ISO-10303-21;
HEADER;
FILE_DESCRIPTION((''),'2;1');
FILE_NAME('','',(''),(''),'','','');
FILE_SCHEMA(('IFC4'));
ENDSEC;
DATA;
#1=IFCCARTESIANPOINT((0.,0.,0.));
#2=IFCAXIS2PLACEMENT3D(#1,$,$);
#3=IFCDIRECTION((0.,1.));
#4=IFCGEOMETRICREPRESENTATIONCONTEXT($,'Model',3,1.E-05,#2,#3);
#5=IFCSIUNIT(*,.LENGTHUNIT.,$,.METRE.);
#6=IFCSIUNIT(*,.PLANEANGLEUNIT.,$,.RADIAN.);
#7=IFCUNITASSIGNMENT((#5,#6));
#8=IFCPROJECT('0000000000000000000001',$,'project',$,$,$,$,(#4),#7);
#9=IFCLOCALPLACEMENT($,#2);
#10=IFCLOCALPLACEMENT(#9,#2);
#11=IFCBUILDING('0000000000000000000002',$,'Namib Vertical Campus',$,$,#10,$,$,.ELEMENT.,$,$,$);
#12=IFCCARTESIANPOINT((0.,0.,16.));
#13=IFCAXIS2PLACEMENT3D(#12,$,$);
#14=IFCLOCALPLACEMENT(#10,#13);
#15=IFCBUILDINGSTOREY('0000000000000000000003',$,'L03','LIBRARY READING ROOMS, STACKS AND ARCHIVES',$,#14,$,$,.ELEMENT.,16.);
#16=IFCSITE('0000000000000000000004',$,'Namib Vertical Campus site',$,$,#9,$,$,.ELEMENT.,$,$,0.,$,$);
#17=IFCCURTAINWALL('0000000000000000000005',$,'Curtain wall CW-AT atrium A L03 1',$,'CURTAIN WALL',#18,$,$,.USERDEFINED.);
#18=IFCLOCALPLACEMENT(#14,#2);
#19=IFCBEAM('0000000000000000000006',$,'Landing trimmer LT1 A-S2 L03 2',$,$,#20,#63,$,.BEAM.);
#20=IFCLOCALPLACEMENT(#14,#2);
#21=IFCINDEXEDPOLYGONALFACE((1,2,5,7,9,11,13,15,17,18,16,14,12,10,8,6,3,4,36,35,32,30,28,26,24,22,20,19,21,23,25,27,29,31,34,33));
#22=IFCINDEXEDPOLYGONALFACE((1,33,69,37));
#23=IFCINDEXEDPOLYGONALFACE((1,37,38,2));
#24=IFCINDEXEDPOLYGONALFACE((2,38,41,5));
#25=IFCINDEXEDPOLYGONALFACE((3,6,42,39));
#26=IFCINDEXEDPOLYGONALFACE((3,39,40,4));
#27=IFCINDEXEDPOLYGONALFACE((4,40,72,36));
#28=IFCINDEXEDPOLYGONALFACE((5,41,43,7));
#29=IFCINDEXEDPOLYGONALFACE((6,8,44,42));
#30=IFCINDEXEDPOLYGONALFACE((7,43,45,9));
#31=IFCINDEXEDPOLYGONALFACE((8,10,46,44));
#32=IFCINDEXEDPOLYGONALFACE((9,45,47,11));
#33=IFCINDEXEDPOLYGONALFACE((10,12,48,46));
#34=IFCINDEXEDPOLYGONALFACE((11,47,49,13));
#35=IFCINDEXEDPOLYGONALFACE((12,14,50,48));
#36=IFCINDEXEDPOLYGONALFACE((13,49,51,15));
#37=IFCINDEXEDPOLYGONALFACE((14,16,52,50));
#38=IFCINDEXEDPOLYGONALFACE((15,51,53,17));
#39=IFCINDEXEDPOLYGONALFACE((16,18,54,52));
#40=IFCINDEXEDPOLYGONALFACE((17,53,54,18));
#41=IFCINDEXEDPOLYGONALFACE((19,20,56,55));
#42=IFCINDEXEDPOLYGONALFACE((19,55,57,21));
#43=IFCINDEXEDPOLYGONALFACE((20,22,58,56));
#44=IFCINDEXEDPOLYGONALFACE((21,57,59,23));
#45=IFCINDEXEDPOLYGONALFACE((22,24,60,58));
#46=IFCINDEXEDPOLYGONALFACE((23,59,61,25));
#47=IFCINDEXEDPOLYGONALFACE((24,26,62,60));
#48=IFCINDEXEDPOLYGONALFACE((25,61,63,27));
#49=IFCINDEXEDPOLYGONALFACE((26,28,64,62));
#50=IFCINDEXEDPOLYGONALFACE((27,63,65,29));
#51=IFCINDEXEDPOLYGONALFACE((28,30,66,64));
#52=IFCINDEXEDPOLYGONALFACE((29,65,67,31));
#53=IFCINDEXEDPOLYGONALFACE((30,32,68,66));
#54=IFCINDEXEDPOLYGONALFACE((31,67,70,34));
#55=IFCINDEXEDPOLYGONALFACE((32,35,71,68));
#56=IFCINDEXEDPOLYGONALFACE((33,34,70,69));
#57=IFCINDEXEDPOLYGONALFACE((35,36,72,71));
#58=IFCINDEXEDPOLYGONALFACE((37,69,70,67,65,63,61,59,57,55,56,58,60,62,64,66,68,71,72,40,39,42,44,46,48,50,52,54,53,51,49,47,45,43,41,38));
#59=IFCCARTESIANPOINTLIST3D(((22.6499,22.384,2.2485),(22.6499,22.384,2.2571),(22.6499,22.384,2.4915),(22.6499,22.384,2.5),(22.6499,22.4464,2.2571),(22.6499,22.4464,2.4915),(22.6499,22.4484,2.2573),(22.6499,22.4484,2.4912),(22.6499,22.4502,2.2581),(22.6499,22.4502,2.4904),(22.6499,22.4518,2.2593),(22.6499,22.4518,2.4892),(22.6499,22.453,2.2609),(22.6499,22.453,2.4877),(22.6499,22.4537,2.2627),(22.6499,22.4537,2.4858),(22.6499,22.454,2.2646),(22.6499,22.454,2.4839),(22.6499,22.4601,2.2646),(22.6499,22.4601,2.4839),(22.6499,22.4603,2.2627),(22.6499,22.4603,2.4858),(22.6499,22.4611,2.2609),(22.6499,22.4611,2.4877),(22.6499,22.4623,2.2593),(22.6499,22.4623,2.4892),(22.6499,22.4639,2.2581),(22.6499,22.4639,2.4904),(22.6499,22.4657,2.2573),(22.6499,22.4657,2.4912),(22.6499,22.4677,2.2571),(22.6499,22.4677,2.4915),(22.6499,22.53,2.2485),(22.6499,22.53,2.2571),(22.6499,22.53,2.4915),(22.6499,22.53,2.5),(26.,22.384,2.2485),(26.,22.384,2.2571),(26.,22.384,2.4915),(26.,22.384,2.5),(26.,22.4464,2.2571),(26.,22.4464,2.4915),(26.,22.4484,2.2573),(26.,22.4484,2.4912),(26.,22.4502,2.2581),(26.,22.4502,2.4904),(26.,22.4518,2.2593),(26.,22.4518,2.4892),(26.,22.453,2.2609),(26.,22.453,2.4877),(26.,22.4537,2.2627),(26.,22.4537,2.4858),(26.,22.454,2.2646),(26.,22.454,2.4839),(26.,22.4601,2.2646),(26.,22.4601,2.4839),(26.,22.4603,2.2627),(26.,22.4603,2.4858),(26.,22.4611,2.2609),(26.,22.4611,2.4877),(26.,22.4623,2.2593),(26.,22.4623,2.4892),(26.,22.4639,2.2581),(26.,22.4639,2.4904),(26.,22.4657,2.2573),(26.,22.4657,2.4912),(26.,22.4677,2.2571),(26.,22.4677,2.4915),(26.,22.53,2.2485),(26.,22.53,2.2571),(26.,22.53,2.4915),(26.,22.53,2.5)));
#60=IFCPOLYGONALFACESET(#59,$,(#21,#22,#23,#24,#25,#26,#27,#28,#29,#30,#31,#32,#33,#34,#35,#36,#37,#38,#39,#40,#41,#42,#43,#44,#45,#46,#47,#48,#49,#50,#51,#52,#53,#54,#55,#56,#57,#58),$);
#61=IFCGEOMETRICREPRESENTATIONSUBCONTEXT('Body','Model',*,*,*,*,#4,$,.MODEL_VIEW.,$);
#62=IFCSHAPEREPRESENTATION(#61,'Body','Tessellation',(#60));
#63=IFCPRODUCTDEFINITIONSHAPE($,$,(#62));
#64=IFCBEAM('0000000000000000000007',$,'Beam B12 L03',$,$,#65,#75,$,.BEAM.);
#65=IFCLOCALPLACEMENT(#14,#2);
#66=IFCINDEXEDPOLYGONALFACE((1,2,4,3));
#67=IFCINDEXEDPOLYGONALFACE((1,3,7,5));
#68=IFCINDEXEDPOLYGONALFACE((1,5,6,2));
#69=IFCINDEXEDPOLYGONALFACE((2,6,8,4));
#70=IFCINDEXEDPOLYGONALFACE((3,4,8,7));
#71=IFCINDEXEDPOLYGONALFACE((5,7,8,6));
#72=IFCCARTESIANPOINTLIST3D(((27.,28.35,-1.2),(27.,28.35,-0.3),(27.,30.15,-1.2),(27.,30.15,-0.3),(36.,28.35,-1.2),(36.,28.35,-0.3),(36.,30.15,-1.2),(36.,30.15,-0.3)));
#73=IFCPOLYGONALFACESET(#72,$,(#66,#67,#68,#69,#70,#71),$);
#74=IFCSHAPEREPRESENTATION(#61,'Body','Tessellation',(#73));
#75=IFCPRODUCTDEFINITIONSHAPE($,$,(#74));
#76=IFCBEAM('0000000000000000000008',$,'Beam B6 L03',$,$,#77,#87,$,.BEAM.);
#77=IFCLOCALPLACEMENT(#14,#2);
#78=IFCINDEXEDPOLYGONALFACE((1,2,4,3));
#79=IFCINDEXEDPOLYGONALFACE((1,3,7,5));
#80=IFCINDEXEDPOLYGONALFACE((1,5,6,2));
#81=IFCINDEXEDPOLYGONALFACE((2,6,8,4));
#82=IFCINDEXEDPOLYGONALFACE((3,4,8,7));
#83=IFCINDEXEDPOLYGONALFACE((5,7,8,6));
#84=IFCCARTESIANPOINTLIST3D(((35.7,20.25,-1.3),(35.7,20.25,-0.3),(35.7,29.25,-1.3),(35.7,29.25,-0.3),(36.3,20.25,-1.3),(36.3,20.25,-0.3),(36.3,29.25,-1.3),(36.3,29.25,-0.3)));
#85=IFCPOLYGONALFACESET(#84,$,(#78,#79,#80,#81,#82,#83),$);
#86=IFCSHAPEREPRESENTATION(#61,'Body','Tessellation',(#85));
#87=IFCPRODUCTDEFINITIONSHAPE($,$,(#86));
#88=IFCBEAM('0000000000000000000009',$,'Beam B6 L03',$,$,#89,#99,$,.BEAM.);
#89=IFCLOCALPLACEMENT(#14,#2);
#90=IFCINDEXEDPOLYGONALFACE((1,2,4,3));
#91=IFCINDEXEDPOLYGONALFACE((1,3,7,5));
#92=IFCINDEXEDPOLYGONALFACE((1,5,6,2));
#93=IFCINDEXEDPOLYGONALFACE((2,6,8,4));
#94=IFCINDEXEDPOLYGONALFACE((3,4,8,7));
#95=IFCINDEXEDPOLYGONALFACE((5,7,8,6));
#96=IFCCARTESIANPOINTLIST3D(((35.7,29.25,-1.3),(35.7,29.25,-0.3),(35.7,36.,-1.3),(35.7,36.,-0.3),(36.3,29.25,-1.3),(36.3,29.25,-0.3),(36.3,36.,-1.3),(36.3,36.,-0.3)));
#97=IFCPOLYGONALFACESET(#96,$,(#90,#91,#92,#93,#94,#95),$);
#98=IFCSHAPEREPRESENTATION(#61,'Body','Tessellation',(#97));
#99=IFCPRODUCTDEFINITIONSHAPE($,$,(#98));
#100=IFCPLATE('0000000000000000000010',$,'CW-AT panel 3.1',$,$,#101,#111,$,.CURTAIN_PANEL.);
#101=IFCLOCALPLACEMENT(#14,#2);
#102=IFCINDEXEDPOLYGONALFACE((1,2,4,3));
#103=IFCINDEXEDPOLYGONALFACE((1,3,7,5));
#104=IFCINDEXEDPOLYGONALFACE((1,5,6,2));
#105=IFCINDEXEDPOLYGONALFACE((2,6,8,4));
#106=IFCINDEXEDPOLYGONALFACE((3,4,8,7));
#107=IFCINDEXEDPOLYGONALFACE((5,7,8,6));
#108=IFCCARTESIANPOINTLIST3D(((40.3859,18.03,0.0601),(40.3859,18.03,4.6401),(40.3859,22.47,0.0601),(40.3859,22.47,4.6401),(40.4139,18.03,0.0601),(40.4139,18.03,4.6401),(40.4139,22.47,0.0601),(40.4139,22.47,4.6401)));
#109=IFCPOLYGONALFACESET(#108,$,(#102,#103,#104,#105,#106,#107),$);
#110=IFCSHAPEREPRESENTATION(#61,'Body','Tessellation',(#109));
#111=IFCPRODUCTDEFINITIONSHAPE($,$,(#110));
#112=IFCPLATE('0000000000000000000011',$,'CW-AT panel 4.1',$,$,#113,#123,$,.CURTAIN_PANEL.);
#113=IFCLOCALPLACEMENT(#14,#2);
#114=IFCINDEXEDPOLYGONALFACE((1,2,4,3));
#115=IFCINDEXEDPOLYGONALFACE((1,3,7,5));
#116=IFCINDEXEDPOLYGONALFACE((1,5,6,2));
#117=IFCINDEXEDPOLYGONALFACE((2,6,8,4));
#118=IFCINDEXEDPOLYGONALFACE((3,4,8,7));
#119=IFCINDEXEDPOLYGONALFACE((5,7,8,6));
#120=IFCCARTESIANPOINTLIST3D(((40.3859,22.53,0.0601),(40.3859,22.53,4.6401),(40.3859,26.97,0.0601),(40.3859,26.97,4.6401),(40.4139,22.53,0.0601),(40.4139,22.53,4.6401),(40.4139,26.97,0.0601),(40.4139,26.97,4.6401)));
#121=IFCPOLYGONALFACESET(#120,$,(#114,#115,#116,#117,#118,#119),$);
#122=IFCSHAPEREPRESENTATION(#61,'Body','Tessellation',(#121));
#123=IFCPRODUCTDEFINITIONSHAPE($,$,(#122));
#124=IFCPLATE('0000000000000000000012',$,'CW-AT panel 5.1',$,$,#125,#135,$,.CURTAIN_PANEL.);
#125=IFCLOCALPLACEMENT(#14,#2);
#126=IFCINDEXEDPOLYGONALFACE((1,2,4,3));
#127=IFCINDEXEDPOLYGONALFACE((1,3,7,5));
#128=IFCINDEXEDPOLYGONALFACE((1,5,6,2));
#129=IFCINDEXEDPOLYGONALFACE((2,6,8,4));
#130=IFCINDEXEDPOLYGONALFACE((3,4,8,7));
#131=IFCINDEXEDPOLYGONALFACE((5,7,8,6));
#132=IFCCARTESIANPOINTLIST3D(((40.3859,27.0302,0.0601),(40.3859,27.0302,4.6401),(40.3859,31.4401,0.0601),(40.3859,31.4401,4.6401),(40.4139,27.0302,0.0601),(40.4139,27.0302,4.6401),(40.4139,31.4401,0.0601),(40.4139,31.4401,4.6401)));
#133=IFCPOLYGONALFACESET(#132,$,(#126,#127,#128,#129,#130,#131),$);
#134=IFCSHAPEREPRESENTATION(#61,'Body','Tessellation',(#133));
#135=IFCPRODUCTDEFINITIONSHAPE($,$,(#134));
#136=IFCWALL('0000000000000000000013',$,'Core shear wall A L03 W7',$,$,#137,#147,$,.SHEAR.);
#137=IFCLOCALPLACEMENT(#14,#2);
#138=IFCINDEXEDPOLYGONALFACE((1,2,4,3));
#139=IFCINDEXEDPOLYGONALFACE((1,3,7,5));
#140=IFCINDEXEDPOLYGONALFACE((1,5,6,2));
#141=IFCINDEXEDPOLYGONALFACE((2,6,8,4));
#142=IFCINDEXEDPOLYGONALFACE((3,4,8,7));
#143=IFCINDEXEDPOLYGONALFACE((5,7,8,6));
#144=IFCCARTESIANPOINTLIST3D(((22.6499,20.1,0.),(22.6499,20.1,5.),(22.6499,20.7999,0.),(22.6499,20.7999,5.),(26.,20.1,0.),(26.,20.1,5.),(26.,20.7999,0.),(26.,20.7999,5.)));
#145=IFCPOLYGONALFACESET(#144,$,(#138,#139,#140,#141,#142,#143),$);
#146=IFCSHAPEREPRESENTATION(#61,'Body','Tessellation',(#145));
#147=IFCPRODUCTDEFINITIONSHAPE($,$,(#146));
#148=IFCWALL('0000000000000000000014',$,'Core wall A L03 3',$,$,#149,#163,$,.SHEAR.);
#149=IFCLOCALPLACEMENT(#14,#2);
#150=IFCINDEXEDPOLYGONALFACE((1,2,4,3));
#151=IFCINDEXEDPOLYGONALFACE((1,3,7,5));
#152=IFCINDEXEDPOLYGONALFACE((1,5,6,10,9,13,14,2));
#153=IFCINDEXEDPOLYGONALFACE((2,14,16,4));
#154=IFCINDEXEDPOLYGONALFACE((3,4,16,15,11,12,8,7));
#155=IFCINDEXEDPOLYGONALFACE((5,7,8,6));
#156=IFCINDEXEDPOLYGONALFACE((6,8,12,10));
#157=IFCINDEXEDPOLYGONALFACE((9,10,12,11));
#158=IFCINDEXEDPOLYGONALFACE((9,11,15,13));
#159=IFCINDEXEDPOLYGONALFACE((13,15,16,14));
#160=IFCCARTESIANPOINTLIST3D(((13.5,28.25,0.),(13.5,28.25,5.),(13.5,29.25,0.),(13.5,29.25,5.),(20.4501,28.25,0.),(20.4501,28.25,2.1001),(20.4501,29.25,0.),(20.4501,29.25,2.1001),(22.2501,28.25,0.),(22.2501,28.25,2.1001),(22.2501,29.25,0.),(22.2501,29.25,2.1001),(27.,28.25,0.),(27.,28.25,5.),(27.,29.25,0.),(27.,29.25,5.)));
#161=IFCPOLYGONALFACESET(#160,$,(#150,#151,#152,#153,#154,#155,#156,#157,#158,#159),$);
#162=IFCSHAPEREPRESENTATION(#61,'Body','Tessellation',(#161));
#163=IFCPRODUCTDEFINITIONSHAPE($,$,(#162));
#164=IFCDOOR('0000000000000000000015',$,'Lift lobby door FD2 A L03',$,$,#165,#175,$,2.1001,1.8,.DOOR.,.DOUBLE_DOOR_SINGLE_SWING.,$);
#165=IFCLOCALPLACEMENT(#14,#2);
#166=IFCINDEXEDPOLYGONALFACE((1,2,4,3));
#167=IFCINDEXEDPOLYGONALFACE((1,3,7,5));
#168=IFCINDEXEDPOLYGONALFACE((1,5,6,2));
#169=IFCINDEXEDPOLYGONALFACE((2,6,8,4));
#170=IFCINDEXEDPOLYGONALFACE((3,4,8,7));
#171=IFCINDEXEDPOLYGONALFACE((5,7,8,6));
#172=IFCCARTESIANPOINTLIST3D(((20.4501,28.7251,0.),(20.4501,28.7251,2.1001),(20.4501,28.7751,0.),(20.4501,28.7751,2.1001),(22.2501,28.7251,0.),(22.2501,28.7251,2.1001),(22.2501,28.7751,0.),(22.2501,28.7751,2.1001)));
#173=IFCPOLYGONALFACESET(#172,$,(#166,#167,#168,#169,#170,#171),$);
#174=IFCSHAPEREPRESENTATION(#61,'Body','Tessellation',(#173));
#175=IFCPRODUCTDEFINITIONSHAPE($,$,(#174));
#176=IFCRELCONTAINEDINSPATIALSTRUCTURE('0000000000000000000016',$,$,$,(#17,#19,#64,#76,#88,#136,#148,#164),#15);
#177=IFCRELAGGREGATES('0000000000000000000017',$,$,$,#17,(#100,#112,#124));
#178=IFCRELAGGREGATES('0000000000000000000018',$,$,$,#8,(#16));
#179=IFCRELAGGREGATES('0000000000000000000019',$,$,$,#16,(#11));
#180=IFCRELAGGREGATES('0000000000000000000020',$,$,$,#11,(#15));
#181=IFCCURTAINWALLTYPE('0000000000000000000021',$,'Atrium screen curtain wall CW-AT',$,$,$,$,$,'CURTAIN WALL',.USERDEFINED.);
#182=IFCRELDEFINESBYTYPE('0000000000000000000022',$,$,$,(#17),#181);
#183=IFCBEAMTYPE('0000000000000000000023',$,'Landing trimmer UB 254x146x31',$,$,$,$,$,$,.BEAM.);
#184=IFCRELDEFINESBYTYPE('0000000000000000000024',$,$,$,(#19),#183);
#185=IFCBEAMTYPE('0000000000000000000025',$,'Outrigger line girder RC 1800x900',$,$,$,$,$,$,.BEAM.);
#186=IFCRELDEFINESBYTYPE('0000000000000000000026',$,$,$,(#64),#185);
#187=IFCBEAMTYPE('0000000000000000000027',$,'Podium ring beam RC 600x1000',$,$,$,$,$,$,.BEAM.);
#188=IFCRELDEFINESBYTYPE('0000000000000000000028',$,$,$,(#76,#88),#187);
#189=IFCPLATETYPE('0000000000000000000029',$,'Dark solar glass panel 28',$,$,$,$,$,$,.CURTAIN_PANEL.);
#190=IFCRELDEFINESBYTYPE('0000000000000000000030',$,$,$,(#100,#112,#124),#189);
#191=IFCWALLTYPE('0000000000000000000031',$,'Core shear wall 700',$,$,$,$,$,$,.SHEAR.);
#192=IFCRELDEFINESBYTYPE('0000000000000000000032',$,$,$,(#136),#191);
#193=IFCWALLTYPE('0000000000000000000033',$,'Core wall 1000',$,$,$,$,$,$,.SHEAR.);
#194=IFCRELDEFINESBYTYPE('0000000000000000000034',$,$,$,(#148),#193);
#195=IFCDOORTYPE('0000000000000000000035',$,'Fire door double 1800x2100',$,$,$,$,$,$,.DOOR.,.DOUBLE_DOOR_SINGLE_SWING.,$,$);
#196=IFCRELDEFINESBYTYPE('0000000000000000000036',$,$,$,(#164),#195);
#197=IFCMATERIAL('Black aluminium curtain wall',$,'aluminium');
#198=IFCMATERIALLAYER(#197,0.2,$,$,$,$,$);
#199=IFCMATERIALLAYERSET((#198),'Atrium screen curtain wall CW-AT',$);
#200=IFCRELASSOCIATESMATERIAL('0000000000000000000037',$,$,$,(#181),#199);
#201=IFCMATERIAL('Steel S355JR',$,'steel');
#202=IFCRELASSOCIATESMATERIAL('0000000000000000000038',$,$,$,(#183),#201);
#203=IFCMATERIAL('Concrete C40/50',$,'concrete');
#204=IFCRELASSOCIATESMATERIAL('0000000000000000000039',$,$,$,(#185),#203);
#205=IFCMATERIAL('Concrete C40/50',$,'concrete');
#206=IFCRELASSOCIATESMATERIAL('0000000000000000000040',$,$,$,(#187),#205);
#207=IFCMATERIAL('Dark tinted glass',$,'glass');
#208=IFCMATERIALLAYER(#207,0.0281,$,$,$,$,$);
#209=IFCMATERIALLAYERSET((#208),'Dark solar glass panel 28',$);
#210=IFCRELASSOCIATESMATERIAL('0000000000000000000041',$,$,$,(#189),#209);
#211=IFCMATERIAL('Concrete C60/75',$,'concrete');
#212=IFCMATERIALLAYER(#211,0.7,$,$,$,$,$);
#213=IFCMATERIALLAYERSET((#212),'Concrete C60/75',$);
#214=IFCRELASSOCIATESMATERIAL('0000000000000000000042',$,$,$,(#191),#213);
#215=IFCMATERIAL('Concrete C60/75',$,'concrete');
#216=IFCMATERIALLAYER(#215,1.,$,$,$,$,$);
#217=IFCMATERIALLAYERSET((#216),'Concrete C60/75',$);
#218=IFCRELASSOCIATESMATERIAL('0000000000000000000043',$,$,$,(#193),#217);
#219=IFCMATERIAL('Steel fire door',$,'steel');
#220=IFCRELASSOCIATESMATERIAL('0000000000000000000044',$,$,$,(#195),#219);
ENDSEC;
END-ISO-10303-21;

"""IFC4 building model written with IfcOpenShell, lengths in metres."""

from ifc_helpers import new_model, si_unit, direction, frame, frame_2d, origin, origin_2d, place, context, subcontext, project, spatial, rectangle, i_section, extrude, material, layer, layer_set, material_profile, profile_set, type_object, element, fill, aggregate, save


model = new_model("IFC4")

# Units and contexts
model_context = context("Model", 3, precision=1e-05, world=origin(), true_north=direction((0.0, 1.0)))
body_context = subcontext(model_context, "Body", "Model", "MODEL_VIEW")
ifc_project = project(units=[si_unit("LENGTHUNIT", "METRE"), si_unit("PLANEANGLEUNIT", "RADIAN")], contexts=[model_context])

# Site, building, storey
site_placement = place(None, origin())
site = spatial("IfcSite", under=ifc_project, at=site_placement, Name="Namib Vertical Campus site", CompositionType="ELEMENT", RefElevation=0.0)
building_placement = place(site_placement, origin())
building = spatial("IfcBuilding", under=site, at=building_placement, Name="Namib Vertical Campus", CompositionType="ELEMENT")
storey_placement = place(building_placement, frame((0.0, 0.0, 16.0)))
storey = spatial("IfcBuildingStorey", under=building, at=storey_placement, Name="L03", Description="LIBRARY READING ROOMS, STACKS AND ARCHIVES", CompositionType="ELEMENT", Elevation=16.0)

# Curtain wall
ifc_material_1 = material(Name="Black aluminium curtain wall", Category="aluminium")
ifc_layer_1 = layer(ifc_material_1, 0.2)
ifc_layer_set_1 = layer_set([ifc_layer_1], Name="Atrium screen curtain wall CW-AT")
curtain_wall_type = type_object("IfcCurtainWallType", Name="Atrium screen curtain wall CW-AT", ElementType="CURTAIN WALL", PredefinedType="USERDEFINED", material=ifc_layer_set_1)
curtain_wall_placement = place(storey_placement, origin())
curtain_wall = element("IfcCurtainWall", 1, at=curtain_wall_placement, inside=storey, type_object=curtain_wall_type, Name="Curtain wall CW-AT atrium A L03 1", ObjectType="CURTAIN WALL", PredefinedType="USERDEFINED")

# Beams
ifc_material_2 = material(Name="Steel S355JR", Category="steel")
ifc_material_profile_1 = material_profile(ifc_material_2, i_section(OverallWidth=0.146, OverallDepth=0.2515, WebThickness=0.0061, FlangeThickness=0.0085, FilletRadius=0.0076, at=origin_2d()))
ifc_profile_set_1 = profile_set([ifc_material_profile_1], Name="Steel S355JR")
beam_type_1 = type_object("IfcBeamType", Name="Landing trimmer UB 254x146x31", PredefinedType="BEAM", material=ifc_profile_set_1)
for number, where, z_axis, x_axis, name in (
    (2, (22.6499, 22.457, 2.3743), (1.0, 0.0, 0.0), (0.0, 1.0, 0.0), "Landing trimmer LT1 A-S2 L03 2"),
):
    element("IfcBeam", number, at=place(storey_placement, frame(where, z_axis=z_axis, x_axis=x_axis)), inside=storey, type_object=beam_type_1, Name=name, PredefinedType="BEAM", context=body_context, shape_type="SweptSolid", body=[
        extrude(i_section(OverallWidth=0.146, OverallDepth=0.2515, WebThickness=0.0061, FlangeThickness=0.0085, FilletRadius=0.0076, at=origin_2d()), origin(), (0.0, 0.0, 1.0), 3.3501),
    ])
ifc_material_3 = material(Name="Concrete C40/50", Category="concrete")
ifc_material_profile_2 = material_profile(ifc_material_3, rectangle(XDim=1.8, YDim=0.8999, at=origin_2d()))
ifc_profile_set_2 = profile_set([ifc_material_profile_2], Name="Concrete C40/50")
beam_type_2 = type_object("IfcBeamType", Name="Outrigger line girder RC 1800x900", PredefinedType="BEAM", material=ifc_profile_set_2)
beam_1_placement = place(storey_placement, frame((36.0, 29.25, -0.75), z_axis=(-1.0, 0.0, 0.0), x_axis=(0.0, -1.0, 0.0)))
element("IfcBeam", 3, at=beam_1_placement, inside=storey, type_object=beam_type_2, Name="Beam B12 L03", PredefinedType="BEAM", context=body_context, shape_type="SweptSolid", body=[
    extrude(rectangle(XDim=1.8, YDim=0.8999, at=origin_2d()), origin(), (0.0, 0.0, 1.0), 9.0),
])
ifc_material_4 = material(Name="Concrete C40/50", Category="concrete")
ifc_material_profile_3 = material_profile(ifc_material_4, rectangle(XDim=0.6001, YDim=1.0, at=origin_2d()))
ifc_profile_set_3 = profile_set([ifc_material_profile_3], Name="Concrete C40/50")
beam_type_3 = type_object("IfcBeamType", Name="Podium ring beam RC 600x1000", PredefinedType="BEAM", material=ifc_profile_set_3)
beam_2_placement = place(storey_placement, frame((36.0, 20.25, -0.8), z_axis=(0.0, 1.0, 0.0), x_axis=(-1.0, 0.0, 0.0)))
element("IfcBeam", 4, at=beam_2_placement, inside=storey, type_object=beam_type_3, Name="Beam B6 L03", PredefinedType="BEAM", context=body_context, shape_type="SweptSolid", body=[
    extrude(rectangle(XDim=0.6001, YDim=1.0, at=origin_2d()), origin(), (0.0, 0.0, 1.0), 9.0),
])
beam_3_placement = place(storey_placement, frame((36.0, 29.25, -0.8), z_axis=(0.0, 1.0, 0.0), x_axis=(-1.0, 0.0, 0.0)))
element("IfcBeam", 5, at=beam_3_placement, inside=storey, type_object=beam_type_3, Name="Beam B6 L03", PredefinedType="BEAM", context=body_context, shape_type="SweptSolid", body=[
    extrude(rectangle(XDim=0.6001, YDim=1.0, at=origin_2d()), origin(), (0.0, 0.0, 1.0), 6.75),
])

# Plates
ifc_material_5 = material(Name="Dark tinted glass", Category="glass")
ifc_layer_2 = layer(ifc_material_5, 0.0281)
ifc_layer_set_2 = layer_set([ifc_layer_2], Name="Dark solar glass panel 28")
plate_type = type_object("IfcPlateType", Name="Dark solar glass panel 28", PredefinedType="CURTAIN_PANEL", material=ifc_layer_set_2)
plate_1_placement = place(storey_placement, frame((40.3999, 20.25, 0.0601), z_axis=(0.0, 0.0, 1.0), x_axis=(0.0, 1.0, 0.0)))
plate_1 = element("IfcPlate", 6, at=plate_1_placement, type_object=plate_type, Name="CW-AT panel 3.1", PredefinedType="CURTAIN_PANEL", context=body_context, shape_type="SweptSolid", body=[
    extrude(rectangle(XDim=4.4399, YDim=0.0281, at=origin_2d()), origin(), (0.0, 0.0, 1.0), 4.5801),
])
plate_2_placement = place(storey_placement, frame((40.3999, 24.75, 0.0601), z_axis=(0.0, 0.0, 1.0), x_axis=(0.0, 1.0, 0.0)))
plate_2 = element("IfcPlate", 7, at=plate_2_placement, type_object=plate_type, Name="CW-AT panel 4.1", PredefinedType="CURTAIN_PANEL", context=body_context, shape_type="SweptSolid", body=[
    extrude(rectangle(XDim=4.4399, YDim=0.0281, at=origin_2d()), origin(), (0.0, 0.0, 1.0), 4.5801),
])
plate_3_placement = place(storey_placement, frame((40.3999, 29.2351, 0.0601), z_axis=(0.0, 0.0, 1.0), x_axis=(0.0, 1.0, 0.0)))
plate_3 = element("IfcPlate", 8, at=plate_3_placement, type_object=plate_type, Name="CW-AT panel 5.1", PredefinedType="CURTAIN_PANEL", context=body_context, shape_type="SweptSolid", body=[
    extrude(rectangle(XDim=4.4099, YDim=0.0281, at=origin_2d()), origin(), (0.0, 0.0, 1.0), 4.5801),
])
aggregate(curtain_wall, [plate_1, plate_2, plate_3])

# Wall
ifc_material_6 = material(Name="Concrete C60/75", Category="concrete")
ifc_layer_3 = layer(ifc_material_6, 0.7)
ifc_layer_set_3 = layer_set([ifc_layer_3], Name="Concrete C60/75")
wall_type_1 = type_object("IfcWallType", Name="Core shear wall 700", PredefinedType="SHEAR", material=ifc_layer_set_3)
wall_1_placement = place(storey_placement, frame((22.6499, 20.45, 0.0), z_axis=(0.0, 0.0, 1.0), x_axis=(1.0, 0.0, 0.0)))
element("IfcWall", 9, at=wall_1_placement, inside=storey, type_object=wall_type_1, Name="Core shear wall A L03 W7", PredefinedType="SHEAR", context=body_context, shape_type="SweptSolid", body=[
    extrude(rectangle(XDim=3.3501, YDim=0.7, at=frame_2d((1.675, 0.0))), origin(), (0.0, 0.0, 1.0), 5.0),
])

# Wall, opening, door
ifc_material_7 = material(Name="Concrete C60/75", Category="concrete")
ifc_layer_4 = layer(ifc_material_7, 1.0)
ifc_layer_set_4 = layer_set([ifc_layer_4], Name="Concrete C60/75")
wall_type_2 = type_object("IfcWallType", Name="Core wall 1000", PredefinedType="SHEAR", material=ifc_layer_set_4)
wall_2_placement = place(storey_placement, frame((27.0, 28.75, 0.0), z_axis=(0.0, 0.0, 1.0), x_axis=(-1.0, 0.0, 0.0)))
wall_2 = element("IfcWall", 10, at=wall_2_placement, inside=storey, type_object=wall_type_2, Name="Core wall A L03 3", PredefinedType="SHEAR", context=body_context, shape_type="SweptSolid", body=[
    extrude(rectangle(XDim=13.5, YDim=1.0, at=frame_2d((6.75, 0.0))), origin(), (0.0, 0.0, 1.0), 5.0),
])
opening_1_placement = place(wall_2_placement, frame((4.75, 0.0, 0.0)))
opening_1 = element("IfcOpeningElement", 11, at=opening_1_placement, cuts=wall_2, PredefinedType="OPENING", context=body_context, shape_type="SweptSolid", body=[
    extrude(rectangle(XDim=1.8, YDim=2.1001, at=frame_2d((0.8999, 1.05))), frame((0.0, 0.51, 0.0), z_axis=(0.0, -1.0, 0.0), x_axis=(1.0, 0.0, 0.0)), (0.0, 0.0, 1.0), 1.02),
])
ifc_material_8 = material(Name="Steel fire door", Category="steel")
door_type_1 = type_object("IfcDoorType", Name="Fire door double 1800x2100", OperationType="DOUBLE_DOOR_SINGLE_SWING", PredefinedType="DOOR", material=ifc_material_8)
door_1_placement = place(opening_1_placement, origin())
door_1 = element("IfcDoor", 12, at=door_1_placement, inside=storey, type_object=door_type_1, Name="Lift lobby door FD2 A L03", OperationType="DOUBLE_DOOR_SINGLE_SWING", OverallHeight=2.1001, OverallWidth=1.8, PredefinedType="DOOR", context=body_context, shape_type="SweptSolid", body=[
    extrude(rectangle(XDim=1.8, YDim=2.1001, at=frame_2d((0.8999, 1.05))), frame((0.0, 0.0249, 0.0), z_axis=(0.0, -1.0, 0.0), x_axis=(1.0, 0.0, 0.0)), (0.0, 0.0, 1.0), 0.05),
])
fill(opening_1, door_1)

save(model, "model.ifc")
